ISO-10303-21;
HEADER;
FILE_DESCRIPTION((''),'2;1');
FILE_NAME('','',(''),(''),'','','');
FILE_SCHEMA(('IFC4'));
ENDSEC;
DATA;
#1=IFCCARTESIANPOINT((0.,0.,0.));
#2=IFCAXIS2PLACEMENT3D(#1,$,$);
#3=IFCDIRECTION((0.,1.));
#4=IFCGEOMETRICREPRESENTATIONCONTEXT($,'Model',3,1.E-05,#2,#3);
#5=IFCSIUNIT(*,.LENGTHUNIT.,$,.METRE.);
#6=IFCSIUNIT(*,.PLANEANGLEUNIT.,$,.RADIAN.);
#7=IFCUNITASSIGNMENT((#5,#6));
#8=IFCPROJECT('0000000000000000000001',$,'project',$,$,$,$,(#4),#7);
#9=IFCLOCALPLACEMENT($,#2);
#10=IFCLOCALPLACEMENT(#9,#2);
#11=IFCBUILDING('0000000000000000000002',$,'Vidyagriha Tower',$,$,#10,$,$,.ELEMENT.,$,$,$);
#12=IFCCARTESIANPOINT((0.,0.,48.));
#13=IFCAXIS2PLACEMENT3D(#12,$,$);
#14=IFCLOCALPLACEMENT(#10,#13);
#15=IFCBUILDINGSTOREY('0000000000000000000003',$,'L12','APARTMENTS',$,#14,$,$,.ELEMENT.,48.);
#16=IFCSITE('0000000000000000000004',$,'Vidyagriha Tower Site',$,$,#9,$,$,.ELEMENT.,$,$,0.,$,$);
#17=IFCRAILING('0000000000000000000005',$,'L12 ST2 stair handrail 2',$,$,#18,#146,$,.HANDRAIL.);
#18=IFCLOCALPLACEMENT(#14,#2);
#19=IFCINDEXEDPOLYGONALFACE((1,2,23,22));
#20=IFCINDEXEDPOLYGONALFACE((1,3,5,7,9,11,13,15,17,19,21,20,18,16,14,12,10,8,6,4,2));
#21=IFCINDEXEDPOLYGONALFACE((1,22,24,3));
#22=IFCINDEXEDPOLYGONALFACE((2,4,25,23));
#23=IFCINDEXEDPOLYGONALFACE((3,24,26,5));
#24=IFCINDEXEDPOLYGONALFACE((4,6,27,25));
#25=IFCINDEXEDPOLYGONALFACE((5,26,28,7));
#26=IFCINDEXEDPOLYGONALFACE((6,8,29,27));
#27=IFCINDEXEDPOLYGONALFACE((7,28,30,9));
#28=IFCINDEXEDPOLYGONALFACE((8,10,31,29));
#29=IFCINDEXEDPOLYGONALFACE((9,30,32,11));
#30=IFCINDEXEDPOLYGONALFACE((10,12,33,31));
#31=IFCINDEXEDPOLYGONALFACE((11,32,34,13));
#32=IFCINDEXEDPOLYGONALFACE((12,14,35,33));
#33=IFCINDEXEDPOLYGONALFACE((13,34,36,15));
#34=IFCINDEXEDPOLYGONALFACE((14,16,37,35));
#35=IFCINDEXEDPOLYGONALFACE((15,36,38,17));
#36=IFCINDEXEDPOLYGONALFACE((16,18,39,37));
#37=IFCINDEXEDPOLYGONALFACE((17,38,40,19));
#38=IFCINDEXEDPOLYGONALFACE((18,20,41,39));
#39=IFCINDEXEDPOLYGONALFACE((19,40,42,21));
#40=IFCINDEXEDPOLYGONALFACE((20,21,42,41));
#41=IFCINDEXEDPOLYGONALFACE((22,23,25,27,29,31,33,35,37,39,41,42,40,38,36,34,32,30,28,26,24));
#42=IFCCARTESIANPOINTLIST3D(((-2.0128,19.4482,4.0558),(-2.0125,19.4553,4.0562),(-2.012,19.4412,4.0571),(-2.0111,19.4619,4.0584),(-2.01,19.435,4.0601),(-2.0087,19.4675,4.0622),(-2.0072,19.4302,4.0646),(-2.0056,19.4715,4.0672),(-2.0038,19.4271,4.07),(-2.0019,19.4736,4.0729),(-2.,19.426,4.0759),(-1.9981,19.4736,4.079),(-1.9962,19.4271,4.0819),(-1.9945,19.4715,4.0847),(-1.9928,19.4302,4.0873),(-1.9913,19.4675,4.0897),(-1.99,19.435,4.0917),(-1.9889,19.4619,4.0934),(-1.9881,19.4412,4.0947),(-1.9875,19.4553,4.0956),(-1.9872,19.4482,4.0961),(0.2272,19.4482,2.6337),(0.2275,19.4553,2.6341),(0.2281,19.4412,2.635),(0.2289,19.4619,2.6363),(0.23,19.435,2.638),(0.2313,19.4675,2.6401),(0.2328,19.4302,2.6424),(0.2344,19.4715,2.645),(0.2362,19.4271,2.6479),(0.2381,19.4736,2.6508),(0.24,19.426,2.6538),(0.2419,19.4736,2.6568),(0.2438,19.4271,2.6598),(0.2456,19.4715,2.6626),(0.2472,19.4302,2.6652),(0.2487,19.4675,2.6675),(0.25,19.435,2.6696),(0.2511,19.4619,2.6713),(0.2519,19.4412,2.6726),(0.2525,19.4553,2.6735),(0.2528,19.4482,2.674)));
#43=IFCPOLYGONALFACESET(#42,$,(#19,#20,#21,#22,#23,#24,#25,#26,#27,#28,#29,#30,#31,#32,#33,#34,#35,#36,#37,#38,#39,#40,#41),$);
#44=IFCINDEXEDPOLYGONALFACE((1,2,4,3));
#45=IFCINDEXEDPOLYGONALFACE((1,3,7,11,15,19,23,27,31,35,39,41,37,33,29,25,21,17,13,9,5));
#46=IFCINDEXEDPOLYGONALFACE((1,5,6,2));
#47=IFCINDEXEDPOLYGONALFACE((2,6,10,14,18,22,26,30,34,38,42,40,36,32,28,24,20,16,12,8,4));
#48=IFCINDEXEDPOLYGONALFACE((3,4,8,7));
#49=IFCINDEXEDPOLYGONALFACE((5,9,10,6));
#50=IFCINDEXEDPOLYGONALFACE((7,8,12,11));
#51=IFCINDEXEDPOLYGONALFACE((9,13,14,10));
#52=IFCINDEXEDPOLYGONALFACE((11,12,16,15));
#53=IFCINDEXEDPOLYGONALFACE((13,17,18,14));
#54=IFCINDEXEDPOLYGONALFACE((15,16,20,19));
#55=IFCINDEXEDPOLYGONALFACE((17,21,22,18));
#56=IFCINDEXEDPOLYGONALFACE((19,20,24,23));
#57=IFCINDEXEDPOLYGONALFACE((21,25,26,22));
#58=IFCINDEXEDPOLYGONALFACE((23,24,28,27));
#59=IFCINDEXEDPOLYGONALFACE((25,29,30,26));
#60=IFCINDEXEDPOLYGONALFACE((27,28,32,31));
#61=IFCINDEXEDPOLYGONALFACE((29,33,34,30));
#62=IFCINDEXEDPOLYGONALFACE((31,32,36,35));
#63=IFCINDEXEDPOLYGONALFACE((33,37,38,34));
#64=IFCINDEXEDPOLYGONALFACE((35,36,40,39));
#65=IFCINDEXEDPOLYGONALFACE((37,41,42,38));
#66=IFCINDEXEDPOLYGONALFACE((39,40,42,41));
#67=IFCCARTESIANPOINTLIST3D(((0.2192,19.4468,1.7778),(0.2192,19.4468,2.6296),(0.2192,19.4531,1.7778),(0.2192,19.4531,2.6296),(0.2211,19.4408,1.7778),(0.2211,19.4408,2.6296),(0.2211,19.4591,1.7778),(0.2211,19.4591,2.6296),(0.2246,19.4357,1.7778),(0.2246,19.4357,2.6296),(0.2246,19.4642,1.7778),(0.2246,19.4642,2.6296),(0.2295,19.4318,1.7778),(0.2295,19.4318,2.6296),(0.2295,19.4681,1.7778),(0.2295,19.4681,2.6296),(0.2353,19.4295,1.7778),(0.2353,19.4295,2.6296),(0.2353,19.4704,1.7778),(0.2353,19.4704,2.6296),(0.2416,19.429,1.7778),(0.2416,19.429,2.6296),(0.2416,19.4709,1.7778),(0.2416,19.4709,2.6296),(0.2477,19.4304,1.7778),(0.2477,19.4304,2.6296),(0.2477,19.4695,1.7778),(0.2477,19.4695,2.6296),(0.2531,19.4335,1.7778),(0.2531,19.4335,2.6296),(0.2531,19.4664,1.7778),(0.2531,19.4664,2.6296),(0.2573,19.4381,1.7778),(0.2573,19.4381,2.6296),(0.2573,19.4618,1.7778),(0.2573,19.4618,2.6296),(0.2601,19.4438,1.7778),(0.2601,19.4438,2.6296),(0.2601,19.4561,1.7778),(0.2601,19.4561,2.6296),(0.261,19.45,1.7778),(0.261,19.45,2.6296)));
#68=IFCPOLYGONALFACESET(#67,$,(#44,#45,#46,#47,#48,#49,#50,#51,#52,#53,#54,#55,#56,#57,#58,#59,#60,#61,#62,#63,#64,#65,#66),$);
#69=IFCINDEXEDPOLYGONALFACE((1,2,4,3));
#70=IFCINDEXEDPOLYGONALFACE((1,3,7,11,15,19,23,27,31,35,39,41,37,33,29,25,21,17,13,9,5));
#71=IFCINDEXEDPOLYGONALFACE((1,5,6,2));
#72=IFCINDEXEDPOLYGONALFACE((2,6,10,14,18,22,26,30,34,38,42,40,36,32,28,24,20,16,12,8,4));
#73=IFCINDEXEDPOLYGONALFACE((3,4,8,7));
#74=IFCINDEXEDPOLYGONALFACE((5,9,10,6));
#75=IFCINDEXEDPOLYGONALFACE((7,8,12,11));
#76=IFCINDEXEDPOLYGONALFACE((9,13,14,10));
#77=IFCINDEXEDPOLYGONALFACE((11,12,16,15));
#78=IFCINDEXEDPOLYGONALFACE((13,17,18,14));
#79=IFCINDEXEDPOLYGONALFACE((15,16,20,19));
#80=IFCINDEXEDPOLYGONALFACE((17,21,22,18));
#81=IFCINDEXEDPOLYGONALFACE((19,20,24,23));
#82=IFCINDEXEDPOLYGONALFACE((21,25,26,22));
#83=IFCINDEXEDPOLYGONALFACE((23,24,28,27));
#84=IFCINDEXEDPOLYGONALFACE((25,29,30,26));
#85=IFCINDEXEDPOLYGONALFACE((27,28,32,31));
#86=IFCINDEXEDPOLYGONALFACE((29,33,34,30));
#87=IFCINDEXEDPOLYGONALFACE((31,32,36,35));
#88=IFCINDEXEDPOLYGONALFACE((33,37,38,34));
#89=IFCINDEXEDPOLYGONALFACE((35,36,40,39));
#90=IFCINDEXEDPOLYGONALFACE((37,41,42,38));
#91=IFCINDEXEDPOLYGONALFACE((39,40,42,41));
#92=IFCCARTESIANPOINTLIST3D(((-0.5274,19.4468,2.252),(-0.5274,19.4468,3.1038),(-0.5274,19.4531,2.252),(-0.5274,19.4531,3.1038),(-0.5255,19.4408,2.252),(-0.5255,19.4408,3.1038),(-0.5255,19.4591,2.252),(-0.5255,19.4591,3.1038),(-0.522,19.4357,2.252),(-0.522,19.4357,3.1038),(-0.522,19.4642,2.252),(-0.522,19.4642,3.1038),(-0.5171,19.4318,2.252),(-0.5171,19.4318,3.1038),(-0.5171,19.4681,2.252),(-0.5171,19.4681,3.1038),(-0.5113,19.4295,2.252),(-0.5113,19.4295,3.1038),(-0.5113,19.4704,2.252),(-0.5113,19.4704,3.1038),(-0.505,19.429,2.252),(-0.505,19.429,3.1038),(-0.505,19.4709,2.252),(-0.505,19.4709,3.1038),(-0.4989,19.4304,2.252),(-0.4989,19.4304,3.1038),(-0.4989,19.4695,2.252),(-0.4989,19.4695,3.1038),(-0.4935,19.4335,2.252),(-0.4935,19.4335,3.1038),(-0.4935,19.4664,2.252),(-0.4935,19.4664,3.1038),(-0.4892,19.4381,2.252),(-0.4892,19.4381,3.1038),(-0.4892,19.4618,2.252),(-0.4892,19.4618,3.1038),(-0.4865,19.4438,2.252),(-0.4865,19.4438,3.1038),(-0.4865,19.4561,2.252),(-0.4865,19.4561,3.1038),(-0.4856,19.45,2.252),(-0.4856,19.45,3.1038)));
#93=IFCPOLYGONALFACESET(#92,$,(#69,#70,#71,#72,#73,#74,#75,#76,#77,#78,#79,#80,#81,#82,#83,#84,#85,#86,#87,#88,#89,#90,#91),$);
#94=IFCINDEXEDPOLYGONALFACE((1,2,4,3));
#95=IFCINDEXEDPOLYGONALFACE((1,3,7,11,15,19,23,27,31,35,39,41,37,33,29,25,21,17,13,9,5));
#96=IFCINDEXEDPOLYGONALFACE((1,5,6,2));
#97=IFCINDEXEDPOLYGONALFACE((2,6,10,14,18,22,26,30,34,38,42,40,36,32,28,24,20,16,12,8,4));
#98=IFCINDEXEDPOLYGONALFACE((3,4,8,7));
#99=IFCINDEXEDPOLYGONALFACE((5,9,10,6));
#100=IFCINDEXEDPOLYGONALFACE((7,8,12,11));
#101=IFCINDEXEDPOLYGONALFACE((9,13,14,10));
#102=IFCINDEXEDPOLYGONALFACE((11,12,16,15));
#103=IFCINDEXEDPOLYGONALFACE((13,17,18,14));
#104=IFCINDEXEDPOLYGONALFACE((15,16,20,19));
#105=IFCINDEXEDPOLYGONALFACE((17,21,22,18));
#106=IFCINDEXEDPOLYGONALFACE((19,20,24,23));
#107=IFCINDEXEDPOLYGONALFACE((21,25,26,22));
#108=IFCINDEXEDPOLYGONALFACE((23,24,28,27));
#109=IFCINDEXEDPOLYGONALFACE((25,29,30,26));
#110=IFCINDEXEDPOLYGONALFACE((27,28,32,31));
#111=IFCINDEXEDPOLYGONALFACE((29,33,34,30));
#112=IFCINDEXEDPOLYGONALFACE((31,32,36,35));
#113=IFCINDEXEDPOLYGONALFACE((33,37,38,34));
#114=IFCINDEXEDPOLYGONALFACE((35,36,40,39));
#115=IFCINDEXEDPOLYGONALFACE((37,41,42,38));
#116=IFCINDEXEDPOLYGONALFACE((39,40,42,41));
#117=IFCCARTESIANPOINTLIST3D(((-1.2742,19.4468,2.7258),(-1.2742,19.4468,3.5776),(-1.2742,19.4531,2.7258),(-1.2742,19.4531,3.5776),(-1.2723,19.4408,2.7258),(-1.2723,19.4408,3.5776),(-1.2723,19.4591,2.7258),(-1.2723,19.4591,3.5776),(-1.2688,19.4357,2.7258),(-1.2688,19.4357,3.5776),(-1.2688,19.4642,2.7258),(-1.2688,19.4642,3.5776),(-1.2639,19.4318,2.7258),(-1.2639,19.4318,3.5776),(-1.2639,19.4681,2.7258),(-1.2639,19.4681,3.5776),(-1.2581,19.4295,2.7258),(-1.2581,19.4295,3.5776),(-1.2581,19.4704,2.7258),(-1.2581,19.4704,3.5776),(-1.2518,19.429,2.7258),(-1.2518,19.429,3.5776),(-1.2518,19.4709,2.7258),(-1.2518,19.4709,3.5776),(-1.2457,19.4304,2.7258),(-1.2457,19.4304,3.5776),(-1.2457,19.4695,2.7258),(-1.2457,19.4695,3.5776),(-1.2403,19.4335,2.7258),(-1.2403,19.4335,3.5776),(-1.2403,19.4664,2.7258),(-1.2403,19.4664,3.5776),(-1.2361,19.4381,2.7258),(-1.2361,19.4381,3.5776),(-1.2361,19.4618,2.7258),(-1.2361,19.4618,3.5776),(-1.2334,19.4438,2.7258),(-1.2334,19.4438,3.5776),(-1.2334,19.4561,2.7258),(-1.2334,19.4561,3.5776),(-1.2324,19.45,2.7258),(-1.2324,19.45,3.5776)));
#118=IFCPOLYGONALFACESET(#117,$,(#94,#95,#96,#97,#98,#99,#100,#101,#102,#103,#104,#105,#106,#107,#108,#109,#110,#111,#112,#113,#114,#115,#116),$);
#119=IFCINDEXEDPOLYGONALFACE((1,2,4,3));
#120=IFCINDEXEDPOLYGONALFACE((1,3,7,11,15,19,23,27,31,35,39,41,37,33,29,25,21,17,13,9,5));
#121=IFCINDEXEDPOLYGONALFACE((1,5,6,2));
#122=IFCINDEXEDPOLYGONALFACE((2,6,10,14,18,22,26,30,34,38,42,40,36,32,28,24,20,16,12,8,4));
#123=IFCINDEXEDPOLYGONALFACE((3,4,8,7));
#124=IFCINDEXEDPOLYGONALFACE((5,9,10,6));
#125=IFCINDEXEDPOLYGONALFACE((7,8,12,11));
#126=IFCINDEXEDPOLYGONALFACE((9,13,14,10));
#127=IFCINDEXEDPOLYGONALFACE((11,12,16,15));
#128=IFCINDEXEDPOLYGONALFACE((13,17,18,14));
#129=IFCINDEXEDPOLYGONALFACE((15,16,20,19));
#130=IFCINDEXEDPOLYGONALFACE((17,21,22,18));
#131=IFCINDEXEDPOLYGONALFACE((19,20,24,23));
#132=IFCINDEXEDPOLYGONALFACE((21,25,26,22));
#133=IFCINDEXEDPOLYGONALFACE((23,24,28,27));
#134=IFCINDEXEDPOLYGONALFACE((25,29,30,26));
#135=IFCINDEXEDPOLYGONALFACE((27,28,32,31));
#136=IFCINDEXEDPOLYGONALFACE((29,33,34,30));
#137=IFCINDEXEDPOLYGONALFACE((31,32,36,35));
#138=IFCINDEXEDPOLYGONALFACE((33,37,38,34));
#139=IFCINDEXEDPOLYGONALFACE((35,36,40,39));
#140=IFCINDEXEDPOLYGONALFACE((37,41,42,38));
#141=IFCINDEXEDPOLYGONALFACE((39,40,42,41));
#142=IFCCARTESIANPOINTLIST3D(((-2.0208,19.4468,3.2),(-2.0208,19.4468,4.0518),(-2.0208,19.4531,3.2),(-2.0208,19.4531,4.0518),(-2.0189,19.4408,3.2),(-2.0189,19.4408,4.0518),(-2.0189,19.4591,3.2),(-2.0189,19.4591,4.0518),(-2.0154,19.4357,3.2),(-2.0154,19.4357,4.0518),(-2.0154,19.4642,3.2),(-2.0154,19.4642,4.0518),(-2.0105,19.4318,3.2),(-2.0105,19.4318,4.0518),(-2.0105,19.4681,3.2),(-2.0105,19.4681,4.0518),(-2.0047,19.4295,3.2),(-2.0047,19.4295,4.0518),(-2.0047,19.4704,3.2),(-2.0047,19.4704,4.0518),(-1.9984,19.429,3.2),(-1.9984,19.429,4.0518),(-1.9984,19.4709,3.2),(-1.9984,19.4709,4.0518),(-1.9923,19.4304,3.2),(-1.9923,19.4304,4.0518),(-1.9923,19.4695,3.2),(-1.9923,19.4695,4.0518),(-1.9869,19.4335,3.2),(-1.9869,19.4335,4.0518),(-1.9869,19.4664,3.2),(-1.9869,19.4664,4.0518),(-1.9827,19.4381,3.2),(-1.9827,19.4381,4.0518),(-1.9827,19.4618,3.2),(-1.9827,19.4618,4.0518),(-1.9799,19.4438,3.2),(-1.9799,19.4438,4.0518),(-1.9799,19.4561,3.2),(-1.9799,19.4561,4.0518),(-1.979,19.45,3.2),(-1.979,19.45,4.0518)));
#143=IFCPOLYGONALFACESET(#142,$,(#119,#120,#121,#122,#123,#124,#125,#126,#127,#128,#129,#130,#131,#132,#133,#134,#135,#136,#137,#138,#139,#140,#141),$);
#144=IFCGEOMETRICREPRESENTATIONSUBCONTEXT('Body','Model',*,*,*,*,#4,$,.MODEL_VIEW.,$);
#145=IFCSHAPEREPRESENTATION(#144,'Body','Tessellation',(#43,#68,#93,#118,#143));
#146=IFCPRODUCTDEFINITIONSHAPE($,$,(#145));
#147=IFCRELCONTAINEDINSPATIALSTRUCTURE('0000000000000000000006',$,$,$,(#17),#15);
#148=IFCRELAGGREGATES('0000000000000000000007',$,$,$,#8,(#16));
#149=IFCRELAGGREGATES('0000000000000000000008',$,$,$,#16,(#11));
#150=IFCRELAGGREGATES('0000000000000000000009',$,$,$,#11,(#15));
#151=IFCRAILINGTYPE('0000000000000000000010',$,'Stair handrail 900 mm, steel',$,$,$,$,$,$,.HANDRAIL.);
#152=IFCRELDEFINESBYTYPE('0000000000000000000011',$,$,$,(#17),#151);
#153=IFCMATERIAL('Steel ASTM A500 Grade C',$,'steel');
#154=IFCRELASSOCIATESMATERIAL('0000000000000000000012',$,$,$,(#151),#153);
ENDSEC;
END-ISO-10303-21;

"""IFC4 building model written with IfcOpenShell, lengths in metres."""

from ifc_helpers import new_model, si_unit, direction, frame, origin, origin_2d, place, context, subcontext, project, spatial, circle, extrude, material, type_object, element, save


model = new_model("IFC4")

# Units and contexts
model_context = context("Model", 3, precision=1e-05, world=origin(), true_north=direction((0.0, 1.0)))
body_context = subcontext(model_context, "Body", "Model", "MODEL_VIEW")
ifc_project = project(units=[si_unit("LENGTHUNIT", "METRE"), si_unit("PLANEANGLEUNIT", "RADIAN")], contexts=[model_context])

# Site, building, storey
site_placement = place(None, origin())
site = spatial("IfcSite", under=ifc_project, at=site_placement, Name="Vidyagriha Tower Site", CompositionType="ELEMENT", RefElevation=0.0)
building_placement = place(site_placement, origin())
building = spatial("IfcBuilding", under=site, at=building_placement, Name="Vidyagriha Tower", CompositionType="ELEMENT")
storey_placement = place(building_placement, frame((0.0, 0.0, 48.0)))
storey = spatial("IfcBuildingStorey", under=building, at=storey_placement, Name="L12", Description="APARTMENTS", CompositionType="ELEMENT", Elevation=48.0)

# Railing
ifc_material_1 = material(Name="Steel ASTM A500 Grade C", Category="steel")
railing_type_1 = type_object("IfcRailingType", Name="Stair handrail 900 mm, steel", PredefinedType="HANDRAIL", material=ifc_material_1)
railing_1_placement = place(storey_placement, frame((0.24, 19.45, 1.7778)))
element("IfcRailing", 1, at=railing_1_placement, inside=storey, type_object=railing_type_1, Name="L12 ST2 stair handrail 2", PredefinedType="HANDRAIL", context=body_context, shape_type="SweptSolid", body=[
    extrude(circle(Radius=0.0239, at=origin_2d()), frame((0.0, 0.0, 0.876), z_axis=(-0.844229, 0.0, 0.535982), x_axis=(0.0, -1.0, 0.0)), (0.0, 0.0, 1.0), 2.6533),
    extrude(circle(Radius=0.021, at=origin_2d()), origin(), (0.0, 0.0, 1.0), 0.8518),
    extrude(circle(Radius=0.021, at=origin_2d()), frame((-0.7466, 0.0, 0.4741)), (0.0, 0.0, 1.0), 0.8518),
    extrude(circle(Radius=0.021, at=origin_2d()), frame((-1.4934, 0.0, 0.948)), (0.0, 0.0, 1.0), 0.8518),
    extrude(circle(Radius=0.021, at=origin_2d()), frame((-2.24, 0.0, 1.4221)), (0.0, 0.0, 1.0), 0.8518),
])

save(model, "model.ifc")
